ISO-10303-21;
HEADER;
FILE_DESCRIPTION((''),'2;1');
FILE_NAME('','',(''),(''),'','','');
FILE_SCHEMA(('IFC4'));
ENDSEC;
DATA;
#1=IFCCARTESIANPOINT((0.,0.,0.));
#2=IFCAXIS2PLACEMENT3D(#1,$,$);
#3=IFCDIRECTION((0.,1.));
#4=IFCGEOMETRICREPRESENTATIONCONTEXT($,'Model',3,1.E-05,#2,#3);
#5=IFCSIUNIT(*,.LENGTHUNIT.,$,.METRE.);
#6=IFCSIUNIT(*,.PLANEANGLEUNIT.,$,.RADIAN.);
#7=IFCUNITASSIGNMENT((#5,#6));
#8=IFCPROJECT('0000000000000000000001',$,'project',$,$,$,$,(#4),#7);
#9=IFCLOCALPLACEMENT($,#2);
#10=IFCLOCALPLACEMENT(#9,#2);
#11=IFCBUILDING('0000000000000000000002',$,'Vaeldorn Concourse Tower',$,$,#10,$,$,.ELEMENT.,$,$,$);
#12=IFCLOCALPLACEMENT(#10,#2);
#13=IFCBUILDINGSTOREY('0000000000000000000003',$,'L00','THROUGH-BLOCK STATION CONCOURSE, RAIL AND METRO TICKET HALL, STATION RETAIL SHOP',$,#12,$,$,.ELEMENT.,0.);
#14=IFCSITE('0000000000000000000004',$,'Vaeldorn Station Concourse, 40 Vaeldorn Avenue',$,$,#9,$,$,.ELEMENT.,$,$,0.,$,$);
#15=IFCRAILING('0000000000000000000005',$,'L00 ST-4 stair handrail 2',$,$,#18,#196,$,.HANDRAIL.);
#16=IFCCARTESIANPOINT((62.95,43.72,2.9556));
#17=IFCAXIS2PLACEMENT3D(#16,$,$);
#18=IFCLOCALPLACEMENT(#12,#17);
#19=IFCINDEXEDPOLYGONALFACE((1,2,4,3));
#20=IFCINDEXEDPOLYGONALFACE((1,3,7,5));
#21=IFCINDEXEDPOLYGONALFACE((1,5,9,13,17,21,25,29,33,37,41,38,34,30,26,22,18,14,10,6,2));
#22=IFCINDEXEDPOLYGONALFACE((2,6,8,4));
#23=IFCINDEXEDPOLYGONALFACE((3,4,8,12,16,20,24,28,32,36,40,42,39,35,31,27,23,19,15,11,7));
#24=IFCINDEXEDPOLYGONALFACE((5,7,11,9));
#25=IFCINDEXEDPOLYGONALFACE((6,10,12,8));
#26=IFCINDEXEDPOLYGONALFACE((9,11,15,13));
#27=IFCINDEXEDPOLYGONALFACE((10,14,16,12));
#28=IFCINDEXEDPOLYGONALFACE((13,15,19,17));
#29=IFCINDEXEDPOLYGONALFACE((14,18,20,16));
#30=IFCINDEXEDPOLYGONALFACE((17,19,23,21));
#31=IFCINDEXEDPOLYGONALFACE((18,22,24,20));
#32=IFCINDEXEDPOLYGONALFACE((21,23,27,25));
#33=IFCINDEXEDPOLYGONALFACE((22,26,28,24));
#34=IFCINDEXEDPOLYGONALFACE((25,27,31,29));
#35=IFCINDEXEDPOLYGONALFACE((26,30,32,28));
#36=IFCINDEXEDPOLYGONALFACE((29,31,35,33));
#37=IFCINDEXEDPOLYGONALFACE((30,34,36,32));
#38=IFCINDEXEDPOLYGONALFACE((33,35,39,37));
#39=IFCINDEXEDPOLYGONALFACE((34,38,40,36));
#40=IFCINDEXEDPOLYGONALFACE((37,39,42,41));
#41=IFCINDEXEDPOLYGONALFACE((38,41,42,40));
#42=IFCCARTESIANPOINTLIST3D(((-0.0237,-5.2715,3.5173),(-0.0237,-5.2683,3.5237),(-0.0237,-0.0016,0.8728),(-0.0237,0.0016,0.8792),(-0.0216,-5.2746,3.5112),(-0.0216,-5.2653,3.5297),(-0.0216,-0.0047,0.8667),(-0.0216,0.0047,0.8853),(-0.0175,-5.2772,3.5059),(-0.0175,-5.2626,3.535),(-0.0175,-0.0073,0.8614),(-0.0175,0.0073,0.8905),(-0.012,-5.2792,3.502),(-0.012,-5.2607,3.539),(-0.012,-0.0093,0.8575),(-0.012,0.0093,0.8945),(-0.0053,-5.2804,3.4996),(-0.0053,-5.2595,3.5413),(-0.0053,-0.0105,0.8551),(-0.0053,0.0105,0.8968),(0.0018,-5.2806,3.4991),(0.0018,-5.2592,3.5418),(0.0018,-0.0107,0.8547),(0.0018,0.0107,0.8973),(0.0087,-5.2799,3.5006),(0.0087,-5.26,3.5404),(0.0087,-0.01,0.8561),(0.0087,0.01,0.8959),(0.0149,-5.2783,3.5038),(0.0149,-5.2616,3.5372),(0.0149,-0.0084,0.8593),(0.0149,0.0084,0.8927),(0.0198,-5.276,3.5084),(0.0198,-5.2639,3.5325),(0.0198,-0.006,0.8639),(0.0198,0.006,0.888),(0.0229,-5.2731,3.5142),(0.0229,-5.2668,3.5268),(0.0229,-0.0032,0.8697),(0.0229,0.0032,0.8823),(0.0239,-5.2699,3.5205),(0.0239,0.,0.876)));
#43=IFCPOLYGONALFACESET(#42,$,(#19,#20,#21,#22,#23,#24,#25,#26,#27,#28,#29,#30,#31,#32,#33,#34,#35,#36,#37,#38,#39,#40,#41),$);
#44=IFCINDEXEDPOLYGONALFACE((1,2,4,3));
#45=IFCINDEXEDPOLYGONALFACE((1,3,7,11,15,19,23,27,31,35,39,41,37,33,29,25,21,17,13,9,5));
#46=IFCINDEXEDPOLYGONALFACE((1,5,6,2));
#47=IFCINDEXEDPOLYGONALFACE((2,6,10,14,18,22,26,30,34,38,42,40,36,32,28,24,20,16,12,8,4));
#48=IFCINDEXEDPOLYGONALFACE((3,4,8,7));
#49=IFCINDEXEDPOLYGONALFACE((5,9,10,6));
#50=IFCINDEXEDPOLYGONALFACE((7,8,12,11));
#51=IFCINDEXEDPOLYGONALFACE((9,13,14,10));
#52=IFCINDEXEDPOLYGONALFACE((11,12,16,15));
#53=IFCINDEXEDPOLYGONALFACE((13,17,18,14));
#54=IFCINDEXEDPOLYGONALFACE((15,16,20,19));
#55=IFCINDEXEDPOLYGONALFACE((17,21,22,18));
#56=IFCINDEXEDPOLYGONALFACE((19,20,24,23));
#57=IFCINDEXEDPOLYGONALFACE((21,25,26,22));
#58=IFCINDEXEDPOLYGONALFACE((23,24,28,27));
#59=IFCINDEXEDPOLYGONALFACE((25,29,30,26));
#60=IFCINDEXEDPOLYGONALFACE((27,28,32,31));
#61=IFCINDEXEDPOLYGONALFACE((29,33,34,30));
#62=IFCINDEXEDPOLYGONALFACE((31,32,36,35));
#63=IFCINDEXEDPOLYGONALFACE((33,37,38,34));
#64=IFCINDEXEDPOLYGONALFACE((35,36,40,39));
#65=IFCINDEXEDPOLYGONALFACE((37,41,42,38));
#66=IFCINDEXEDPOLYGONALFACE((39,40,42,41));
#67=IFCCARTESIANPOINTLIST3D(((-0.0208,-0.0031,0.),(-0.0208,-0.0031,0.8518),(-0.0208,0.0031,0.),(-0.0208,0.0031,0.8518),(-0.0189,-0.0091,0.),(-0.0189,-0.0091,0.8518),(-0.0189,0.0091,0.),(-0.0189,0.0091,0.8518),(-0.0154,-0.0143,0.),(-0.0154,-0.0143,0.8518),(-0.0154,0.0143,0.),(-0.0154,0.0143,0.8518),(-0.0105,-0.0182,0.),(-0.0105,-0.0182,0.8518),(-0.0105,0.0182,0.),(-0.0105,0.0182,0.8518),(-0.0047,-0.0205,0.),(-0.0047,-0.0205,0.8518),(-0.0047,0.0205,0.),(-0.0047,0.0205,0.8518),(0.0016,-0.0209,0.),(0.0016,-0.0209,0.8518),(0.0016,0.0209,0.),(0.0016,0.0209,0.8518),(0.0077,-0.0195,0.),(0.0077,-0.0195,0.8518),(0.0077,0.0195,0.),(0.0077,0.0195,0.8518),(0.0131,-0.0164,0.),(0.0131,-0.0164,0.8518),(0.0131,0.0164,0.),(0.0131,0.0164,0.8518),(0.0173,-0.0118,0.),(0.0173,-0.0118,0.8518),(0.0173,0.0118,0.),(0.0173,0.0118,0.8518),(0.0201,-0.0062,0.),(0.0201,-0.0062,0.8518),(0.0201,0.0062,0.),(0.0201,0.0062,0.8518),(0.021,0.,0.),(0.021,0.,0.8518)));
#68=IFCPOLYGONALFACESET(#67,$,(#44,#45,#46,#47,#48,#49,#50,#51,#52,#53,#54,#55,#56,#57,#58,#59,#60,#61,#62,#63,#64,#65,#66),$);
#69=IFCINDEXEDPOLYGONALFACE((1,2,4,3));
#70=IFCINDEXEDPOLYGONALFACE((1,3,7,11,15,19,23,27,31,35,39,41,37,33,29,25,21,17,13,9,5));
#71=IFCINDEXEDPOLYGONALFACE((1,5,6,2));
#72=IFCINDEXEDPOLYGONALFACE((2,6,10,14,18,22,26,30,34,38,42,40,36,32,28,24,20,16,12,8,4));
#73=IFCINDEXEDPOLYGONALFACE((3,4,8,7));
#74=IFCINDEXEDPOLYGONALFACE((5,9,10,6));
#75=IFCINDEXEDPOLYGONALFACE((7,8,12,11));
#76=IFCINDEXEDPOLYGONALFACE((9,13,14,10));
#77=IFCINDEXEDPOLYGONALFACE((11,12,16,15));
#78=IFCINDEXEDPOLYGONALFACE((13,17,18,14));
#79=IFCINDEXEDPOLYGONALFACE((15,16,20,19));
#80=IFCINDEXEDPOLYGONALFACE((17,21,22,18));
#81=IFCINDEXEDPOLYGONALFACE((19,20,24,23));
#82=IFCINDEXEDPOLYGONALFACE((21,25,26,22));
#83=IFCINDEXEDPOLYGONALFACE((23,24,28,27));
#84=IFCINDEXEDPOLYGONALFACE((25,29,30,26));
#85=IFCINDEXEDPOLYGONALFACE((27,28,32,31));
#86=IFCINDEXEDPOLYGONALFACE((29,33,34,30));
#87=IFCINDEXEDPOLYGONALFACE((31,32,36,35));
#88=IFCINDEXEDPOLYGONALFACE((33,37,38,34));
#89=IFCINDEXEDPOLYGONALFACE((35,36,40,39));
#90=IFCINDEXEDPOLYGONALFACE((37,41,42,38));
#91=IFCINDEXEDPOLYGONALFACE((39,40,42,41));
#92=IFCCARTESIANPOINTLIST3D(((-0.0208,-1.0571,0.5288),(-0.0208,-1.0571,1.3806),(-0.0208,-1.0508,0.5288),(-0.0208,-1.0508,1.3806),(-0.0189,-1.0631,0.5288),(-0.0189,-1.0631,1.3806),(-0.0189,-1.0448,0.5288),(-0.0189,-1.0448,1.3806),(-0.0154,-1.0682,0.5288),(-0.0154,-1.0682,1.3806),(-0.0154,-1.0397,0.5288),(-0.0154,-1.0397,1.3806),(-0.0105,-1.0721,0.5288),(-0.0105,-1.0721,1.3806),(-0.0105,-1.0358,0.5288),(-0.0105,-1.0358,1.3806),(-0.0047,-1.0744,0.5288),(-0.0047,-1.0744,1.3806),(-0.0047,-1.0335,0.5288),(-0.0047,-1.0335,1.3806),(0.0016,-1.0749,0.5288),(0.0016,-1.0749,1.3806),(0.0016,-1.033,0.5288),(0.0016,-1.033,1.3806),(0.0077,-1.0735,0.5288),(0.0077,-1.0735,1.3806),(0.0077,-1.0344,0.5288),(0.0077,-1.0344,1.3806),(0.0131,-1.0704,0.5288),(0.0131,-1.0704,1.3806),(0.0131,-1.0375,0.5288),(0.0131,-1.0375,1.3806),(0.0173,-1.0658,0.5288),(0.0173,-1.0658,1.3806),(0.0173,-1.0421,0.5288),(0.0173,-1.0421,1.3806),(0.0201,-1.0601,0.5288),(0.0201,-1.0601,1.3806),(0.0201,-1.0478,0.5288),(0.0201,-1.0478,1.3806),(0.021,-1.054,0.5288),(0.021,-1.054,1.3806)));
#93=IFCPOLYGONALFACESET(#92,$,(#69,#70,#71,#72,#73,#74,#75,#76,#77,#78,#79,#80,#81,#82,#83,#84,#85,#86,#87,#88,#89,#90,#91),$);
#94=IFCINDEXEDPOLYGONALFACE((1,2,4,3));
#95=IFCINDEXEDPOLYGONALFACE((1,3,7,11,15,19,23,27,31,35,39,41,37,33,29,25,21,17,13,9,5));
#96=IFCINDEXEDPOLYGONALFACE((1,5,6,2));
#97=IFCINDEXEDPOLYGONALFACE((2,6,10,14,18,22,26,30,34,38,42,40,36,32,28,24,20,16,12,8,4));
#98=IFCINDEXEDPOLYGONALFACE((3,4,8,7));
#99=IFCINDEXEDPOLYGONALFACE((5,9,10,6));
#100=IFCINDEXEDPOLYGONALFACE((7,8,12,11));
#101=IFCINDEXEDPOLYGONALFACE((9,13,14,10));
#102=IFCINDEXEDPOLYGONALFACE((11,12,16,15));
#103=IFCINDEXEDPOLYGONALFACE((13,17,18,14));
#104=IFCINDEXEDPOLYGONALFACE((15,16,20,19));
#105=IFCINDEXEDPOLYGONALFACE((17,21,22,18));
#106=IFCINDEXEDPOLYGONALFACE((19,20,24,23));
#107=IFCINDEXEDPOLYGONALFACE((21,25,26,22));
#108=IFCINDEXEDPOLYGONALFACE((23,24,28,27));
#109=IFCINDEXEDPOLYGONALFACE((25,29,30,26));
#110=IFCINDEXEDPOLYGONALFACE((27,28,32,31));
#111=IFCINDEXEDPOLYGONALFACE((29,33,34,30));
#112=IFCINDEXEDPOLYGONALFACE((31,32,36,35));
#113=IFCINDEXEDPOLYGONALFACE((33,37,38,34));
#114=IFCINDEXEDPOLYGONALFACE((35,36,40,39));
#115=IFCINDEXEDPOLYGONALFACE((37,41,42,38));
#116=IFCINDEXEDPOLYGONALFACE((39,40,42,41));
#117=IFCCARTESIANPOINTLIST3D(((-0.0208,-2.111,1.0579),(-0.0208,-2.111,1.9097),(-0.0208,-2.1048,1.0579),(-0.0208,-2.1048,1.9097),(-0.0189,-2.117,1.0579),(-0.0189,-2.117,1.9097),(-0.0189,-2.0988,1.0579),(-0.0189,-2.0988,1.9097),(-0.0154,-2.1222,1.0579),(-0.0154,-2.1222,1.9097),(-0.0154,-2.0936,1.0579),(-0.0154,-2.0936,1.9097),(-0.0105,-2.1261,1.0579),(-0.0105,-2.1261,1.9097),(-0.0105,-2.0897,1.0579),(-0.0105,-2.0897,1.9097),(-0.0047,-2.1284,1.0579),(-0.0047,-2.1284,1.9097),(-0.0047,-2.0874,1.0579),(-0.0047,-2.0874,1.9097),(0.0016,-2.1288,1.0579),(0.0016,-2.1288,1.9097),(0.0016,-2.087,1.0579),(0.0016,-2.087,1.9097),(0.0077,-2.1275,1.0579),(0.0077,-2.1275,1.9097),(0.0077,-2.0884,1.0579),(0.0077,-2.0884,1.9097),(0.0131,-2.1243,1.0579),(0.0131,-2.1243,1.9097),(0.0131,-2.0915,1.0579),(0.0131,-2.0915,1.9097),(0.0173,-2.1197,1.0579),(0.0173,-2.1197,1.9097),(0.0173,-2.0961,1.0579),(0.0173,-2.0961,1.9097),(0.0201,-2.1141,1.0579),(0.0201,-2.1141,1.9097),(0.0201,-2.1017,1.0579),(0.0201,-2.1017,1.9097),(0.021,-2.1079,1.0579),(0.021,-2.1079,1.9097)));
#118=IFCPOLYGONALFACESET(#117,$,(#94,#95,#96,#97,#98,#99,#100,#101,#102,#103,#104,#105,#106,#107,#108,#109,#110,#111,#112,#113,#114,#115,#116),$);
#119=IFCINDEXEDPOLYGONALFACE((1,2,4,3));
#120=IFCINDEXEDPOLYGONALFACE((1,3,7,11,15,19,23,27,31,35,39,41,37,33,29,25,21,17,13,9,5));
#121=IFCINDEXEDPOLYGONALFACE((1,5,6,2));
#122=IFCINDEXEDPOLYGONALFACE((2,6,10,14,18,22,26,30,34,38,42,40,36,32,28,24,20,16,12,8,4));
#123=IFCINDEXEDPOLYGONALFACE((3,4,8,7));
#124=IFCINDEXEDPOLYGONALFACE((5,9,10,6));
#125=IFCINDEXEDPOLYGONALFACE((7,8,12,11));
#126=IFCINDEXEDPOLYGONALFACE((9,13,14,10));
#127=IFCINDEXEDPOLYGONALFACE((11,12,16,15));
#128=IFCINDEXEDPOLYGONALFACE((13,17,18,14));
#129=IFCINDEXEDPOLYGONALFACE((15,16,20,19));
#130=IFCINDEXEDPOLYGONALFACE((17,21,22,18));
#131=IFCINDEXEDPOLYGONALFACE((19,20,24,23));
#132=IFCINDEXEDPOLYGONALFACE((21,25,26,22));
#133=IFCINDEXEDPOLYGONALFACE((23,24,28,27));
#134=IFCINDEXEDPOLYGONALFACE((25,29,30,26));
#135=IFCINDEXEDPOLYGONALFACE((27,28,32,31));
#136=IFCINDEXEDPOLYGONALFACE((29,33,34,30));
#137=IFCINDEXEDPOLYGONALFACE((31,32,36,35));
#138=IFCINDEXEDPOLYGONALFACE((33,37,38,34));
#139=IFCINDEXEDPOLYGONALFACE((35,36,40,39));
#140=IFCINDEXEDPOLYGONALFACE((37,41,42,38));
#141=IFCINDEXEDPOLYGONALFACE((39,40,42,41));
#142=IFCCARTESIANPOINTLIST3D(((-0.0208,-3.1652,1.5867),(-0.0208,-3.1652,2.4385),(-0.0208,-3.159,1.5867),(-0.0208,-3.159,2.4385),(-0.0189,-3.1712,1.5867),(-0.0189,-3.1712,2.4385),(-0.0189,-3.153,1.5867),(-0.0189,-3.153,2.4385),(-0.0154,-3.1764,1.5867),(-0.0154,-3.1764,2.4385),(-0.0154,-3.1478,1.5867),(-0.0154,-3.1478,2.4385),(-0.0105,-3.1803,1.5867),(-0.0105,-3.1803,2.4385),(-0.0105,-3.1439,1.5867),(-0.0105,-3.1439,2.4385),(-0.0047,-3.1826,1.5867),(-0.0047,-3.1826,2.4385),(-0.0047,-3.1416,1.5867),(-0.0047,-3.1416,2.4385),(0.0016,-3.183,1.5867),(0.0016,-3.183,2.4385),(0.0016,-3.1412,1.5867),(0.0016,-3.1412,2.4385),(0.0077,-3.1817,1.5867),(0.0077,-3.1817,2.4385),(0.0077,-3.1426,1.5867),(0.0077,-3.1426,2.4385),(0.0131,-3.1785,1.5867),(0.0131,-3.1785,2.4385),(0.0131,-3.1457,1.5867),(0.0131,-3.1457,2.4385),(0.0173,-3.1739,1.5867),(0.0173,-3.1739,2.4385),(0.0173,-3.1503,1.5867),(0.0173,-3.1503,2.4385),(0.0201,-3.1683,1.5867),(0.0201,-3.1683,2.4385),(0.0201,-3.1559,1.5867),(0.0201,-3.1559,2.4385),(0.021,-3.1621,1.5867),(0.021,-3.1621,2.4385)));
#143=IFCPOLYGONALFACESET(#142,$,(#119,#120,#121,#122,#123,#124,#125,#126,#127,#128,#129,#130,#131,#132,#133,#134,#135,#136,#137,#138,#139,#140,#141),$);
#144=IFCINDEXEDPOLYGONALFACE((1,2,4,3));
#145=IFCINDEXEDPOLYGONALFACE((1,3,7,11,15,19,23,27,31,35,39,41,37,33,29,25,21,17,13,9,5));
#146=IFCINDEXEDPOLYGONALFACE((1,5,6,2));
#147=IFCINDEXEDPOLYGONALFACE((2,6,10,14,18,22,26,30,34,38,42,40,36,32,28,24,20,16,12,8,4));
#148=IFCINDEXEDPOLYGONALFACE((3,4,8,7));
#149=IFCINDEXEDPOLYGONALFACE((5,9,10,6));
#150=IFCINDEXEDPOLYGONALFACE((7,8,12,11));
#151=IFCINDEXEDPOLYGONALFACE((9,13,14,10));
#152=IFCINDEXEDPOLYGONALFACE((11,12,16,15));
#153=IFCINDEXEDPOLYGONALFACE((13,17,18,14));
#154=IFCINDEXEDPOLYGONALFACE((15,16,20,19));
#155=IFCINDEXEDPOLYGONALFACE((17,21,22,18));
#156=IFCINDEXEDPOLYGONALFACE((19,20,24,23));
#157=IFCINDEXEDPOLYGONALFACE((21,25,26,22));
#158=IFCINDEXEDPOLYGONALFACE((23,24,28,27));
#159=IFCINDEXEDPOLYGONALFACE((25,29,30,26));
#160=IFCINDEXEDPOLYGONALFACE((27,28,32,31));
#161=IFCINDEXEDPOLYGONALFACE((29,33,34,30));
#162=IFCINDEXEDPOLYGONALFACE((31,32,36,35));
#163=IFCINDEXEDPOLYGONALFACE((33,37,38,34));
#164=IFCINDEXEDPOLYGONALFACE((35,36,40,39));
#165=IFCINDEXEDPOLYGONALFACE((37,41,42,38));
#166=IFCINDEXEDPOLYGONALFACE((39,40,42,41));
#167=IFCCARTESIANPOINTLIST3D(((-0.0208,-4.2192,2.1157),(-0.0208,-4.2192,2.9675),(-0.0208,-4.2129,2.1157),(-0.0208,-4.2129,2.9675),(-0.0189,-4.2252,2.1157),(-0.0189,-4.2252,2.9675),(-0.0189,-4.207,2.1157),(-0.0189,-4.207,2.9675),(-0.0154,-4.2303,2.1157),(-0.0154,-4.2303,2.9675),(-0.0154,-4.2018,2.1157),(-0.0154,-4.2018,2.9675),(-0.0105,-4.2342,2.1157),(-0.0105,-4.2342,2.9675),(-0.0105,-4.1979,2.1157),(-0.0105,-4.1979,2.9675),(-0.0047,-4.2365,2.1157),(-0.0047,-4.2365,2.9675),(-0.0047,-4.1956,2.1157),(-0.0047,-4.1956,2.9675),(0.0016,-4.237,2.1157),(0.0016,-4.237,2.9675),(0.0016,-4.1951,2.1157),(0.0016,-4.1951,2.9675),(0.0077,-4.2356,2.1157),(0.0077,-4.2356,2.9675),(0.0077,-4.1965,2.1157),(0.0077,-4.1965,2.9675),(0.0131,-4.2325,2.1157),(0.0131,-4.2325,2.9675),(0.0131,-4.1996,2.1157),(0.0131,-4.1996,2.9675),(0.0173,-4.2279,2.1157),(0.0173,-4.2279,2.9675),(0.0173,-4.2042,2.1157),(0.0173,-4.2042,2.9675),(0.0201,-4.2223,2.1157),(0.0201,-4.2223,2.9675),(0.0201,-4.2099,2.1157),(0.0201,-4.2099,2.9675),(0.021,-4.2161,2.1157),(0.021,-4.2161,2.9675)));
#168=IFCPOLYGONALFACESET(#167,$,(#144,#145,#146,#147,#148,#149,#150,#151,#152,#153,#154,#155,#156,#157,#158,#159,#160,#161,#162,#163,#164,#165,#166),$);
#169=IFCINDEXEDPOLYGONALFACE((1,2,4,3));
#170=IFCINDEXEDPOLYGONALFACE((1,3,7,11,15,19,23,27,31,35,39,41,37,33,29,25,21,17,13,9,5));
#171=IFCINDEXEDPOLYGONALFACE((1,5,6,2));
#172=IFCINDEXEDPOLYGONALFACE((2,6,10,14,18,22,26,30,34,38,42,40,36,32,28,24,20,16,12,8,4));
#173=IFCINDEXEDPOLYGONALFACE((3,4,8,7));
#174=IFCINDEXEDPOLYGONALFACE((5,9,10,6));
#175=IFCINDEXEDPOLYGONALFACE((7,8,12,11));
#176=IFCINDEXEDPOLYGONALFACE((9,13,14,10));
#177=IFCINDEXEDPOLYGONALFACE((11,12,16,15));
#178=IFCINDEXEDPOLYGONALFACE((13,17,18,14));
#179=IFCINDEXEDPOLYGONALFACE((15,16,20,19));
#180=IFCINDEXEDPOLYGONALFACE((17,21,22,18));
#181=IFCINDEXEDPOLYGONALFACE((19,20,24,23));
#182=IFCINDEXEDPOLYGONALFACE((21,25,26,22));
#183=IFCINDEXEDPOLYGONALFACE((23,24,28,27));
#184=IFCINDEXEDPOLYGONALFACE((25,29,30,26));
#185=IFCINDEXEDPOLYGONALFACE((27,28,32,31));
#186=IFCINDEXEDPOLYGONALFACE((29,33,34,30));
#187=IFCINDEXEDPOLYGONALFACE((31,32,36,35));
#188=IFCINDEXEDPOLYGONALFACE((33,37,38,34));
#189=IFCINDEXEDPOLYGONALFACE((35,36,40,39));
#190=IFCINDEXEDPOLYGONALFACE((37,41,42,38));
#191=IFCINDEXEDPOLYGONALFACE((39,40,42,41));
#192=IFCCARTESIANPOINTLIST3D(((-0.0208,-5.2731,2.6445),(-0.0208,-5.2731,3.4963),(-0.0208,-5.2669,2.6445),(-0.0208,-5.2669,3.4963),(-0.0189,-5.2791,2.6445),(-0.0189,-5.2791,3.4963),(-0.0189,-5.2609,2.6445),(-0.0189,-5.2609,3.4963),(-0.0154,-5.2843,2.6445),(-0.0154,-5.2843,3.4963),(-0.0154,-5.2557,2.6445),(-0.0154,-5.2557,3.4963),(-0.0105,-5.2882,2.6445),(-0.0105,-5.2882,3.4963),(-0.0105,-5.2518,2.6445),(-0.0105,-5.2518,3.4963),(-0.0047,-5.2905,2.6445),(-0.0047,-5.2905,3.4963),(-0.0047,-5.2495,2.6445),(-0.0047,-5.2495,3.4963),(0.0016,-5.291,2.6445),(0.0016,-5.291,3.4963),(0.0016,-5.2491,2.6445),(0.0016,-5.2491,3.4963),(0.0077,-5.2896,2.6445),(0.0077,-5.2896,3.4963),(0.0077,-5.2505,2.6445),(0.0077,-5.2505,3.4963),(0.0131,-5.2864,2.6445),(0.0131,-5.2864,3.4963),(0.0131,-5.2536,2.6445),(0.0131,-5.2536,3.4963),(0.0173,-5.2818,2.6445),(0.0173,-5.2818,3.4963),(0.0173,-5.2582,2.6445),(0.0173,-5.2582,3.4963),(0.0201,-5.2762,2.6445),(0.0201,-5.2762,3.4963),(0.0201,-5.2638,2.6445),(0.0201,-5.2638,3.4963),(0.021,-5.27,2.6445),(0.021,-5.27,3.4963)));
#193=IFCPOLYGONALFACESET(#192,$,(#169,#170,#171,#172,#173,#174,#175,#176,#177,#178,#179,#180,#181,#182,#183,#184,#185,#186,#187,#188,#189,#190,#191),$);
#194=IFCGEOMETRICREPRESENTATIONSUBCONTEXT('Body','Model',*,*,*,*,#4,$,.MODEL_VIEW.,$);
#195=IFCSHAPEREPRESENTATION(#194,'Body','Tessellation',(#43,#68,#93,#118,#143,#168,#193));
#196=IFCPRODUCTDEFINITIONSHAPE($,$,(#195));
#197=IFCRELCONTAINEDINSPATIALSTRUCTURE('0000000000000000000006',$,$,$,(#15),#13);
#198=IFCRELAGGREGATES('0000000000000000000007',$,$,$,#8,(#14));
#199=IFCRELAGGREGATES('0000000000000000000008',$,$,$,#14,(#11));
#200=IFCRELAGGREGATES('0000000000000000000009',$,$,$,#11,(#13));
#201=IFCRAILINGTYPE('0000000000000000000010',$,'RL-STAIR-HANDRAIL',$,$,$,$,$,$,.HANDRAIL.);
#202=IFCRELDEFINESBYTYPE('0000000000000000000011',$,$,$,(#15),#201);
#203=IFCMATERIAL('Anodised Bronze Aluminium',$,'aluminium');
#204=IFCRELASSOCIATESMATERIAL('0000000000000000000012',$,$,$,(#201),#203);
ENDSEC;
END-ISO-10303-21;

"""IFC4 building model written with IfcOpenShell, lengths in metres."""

from ifc_helpers import new_model, si_unit, direction, frame, origin, origin_2d, place, context, subcontext, project, spatial, circle, extrude, material, type_object, element, save


model = new_model("IFC4")

# Units and contexts
model_context = context("Model", 3, precision=1e-05, world=origin(), true_north=direction((0.0, 1.0)))
body_context = subcontext(model_context, "Body", "Model", "MODEL_VIEW")
ifc_project = project(units=[si_unit("LENGTHUNIT", "METRE"), si_unit("PLANEANGLEUNIT", "RADIAN")], contexts=[model_context])

# Site, building, storey
site_placement = place(None, origin())
site = spatial("IfcSite", under=ifc_project, at=site_placement, Name="Vaeldorn Station Concourse, 40 Vaeldorn Avenue", CompositionType="ELEMENT", RefElevation=0.0)
building_placement = place(site_placement, origin())
building = spatial("IfcBuilding", under=site, at=building_placement, Name="Vaeldorn Concourse Tower", CompositionType="ELEMENT")
storey_placement = place(building_placement, origin())
storey = spatial("IfcBuildingStorey", under=building, at=storey_placement, Name="L00", Description="THROUGH-BLOCK STATION CONCOURSE, RAIL AND METRO TICKET HALL, STATION RETAIL SHOP", CompositionType="ELEMENT", Elevation=0.0)

# Shared definitions
ifc_material_1 = material(Name="Anodised Bronze Aluminium", Category="aluminium")

# Railing
railing_type_1 = type_object("IfcRailingType", Name="RL-STAIR-HANDRAIL", PredefinedType="HANDRAIL", material=ifc_material_1)
railing_1_placement = place(storey_placement, frame((62.95, 43.72, 2.9556)))
element("IfcRailing", 1, at=railing_1_placement, inside=storey, type_object=railing_type_1, Name="L00 ST-4 stair handrail 2", PredefinedType="HANDRAIL", context=body_context, shape_type="SweptSolid", body=[
    extrude(circle(Radius=0.0239, at=origin_2d()), frame((0.0, 0.0, 0.876), z_axis=(0.0, -0.89378, 0.448505), x_axis=(1.0, 0.0, 0.0)), (0.0, 0.0, 1.0), 5.8962),
    extrude(circle(Radius=0.021, at=origin_2d()), origin(), (0.0, 0.0, 1.0), 0.8518),
    extrude(circle(Radius=0.021, at=origin_2d()), frame((0.0, -1.054, 0.5288)), (0.0, 0.0, 1.0), 0.8518),
    extrude(circle(Radius=0.021, at=origin_2d()), frame((0.0, -2.1079, 1.0579)), (0.0, 0.0, 1.0), 0.8518),
    extrude(circle(Radius=0.021, at=origin_2d()), frame((0.0, -3.1621, 1.5867)), (0.0, 0.0, 1.0), 0.8518),
    extrude(circle(Radius=0.021, at=origin_2d()), frame((0.0, -4.2161, 2.1157)), (0.0, 0.0, 1.0), 0.8518),
    extrude(circle(Radius=0.021, at=origin_2d()), frame((0.0, -5.27, 2.6445)), (0.0, 0.0, 1.0), 0.8518),
])

save(model, "model.ifc")
